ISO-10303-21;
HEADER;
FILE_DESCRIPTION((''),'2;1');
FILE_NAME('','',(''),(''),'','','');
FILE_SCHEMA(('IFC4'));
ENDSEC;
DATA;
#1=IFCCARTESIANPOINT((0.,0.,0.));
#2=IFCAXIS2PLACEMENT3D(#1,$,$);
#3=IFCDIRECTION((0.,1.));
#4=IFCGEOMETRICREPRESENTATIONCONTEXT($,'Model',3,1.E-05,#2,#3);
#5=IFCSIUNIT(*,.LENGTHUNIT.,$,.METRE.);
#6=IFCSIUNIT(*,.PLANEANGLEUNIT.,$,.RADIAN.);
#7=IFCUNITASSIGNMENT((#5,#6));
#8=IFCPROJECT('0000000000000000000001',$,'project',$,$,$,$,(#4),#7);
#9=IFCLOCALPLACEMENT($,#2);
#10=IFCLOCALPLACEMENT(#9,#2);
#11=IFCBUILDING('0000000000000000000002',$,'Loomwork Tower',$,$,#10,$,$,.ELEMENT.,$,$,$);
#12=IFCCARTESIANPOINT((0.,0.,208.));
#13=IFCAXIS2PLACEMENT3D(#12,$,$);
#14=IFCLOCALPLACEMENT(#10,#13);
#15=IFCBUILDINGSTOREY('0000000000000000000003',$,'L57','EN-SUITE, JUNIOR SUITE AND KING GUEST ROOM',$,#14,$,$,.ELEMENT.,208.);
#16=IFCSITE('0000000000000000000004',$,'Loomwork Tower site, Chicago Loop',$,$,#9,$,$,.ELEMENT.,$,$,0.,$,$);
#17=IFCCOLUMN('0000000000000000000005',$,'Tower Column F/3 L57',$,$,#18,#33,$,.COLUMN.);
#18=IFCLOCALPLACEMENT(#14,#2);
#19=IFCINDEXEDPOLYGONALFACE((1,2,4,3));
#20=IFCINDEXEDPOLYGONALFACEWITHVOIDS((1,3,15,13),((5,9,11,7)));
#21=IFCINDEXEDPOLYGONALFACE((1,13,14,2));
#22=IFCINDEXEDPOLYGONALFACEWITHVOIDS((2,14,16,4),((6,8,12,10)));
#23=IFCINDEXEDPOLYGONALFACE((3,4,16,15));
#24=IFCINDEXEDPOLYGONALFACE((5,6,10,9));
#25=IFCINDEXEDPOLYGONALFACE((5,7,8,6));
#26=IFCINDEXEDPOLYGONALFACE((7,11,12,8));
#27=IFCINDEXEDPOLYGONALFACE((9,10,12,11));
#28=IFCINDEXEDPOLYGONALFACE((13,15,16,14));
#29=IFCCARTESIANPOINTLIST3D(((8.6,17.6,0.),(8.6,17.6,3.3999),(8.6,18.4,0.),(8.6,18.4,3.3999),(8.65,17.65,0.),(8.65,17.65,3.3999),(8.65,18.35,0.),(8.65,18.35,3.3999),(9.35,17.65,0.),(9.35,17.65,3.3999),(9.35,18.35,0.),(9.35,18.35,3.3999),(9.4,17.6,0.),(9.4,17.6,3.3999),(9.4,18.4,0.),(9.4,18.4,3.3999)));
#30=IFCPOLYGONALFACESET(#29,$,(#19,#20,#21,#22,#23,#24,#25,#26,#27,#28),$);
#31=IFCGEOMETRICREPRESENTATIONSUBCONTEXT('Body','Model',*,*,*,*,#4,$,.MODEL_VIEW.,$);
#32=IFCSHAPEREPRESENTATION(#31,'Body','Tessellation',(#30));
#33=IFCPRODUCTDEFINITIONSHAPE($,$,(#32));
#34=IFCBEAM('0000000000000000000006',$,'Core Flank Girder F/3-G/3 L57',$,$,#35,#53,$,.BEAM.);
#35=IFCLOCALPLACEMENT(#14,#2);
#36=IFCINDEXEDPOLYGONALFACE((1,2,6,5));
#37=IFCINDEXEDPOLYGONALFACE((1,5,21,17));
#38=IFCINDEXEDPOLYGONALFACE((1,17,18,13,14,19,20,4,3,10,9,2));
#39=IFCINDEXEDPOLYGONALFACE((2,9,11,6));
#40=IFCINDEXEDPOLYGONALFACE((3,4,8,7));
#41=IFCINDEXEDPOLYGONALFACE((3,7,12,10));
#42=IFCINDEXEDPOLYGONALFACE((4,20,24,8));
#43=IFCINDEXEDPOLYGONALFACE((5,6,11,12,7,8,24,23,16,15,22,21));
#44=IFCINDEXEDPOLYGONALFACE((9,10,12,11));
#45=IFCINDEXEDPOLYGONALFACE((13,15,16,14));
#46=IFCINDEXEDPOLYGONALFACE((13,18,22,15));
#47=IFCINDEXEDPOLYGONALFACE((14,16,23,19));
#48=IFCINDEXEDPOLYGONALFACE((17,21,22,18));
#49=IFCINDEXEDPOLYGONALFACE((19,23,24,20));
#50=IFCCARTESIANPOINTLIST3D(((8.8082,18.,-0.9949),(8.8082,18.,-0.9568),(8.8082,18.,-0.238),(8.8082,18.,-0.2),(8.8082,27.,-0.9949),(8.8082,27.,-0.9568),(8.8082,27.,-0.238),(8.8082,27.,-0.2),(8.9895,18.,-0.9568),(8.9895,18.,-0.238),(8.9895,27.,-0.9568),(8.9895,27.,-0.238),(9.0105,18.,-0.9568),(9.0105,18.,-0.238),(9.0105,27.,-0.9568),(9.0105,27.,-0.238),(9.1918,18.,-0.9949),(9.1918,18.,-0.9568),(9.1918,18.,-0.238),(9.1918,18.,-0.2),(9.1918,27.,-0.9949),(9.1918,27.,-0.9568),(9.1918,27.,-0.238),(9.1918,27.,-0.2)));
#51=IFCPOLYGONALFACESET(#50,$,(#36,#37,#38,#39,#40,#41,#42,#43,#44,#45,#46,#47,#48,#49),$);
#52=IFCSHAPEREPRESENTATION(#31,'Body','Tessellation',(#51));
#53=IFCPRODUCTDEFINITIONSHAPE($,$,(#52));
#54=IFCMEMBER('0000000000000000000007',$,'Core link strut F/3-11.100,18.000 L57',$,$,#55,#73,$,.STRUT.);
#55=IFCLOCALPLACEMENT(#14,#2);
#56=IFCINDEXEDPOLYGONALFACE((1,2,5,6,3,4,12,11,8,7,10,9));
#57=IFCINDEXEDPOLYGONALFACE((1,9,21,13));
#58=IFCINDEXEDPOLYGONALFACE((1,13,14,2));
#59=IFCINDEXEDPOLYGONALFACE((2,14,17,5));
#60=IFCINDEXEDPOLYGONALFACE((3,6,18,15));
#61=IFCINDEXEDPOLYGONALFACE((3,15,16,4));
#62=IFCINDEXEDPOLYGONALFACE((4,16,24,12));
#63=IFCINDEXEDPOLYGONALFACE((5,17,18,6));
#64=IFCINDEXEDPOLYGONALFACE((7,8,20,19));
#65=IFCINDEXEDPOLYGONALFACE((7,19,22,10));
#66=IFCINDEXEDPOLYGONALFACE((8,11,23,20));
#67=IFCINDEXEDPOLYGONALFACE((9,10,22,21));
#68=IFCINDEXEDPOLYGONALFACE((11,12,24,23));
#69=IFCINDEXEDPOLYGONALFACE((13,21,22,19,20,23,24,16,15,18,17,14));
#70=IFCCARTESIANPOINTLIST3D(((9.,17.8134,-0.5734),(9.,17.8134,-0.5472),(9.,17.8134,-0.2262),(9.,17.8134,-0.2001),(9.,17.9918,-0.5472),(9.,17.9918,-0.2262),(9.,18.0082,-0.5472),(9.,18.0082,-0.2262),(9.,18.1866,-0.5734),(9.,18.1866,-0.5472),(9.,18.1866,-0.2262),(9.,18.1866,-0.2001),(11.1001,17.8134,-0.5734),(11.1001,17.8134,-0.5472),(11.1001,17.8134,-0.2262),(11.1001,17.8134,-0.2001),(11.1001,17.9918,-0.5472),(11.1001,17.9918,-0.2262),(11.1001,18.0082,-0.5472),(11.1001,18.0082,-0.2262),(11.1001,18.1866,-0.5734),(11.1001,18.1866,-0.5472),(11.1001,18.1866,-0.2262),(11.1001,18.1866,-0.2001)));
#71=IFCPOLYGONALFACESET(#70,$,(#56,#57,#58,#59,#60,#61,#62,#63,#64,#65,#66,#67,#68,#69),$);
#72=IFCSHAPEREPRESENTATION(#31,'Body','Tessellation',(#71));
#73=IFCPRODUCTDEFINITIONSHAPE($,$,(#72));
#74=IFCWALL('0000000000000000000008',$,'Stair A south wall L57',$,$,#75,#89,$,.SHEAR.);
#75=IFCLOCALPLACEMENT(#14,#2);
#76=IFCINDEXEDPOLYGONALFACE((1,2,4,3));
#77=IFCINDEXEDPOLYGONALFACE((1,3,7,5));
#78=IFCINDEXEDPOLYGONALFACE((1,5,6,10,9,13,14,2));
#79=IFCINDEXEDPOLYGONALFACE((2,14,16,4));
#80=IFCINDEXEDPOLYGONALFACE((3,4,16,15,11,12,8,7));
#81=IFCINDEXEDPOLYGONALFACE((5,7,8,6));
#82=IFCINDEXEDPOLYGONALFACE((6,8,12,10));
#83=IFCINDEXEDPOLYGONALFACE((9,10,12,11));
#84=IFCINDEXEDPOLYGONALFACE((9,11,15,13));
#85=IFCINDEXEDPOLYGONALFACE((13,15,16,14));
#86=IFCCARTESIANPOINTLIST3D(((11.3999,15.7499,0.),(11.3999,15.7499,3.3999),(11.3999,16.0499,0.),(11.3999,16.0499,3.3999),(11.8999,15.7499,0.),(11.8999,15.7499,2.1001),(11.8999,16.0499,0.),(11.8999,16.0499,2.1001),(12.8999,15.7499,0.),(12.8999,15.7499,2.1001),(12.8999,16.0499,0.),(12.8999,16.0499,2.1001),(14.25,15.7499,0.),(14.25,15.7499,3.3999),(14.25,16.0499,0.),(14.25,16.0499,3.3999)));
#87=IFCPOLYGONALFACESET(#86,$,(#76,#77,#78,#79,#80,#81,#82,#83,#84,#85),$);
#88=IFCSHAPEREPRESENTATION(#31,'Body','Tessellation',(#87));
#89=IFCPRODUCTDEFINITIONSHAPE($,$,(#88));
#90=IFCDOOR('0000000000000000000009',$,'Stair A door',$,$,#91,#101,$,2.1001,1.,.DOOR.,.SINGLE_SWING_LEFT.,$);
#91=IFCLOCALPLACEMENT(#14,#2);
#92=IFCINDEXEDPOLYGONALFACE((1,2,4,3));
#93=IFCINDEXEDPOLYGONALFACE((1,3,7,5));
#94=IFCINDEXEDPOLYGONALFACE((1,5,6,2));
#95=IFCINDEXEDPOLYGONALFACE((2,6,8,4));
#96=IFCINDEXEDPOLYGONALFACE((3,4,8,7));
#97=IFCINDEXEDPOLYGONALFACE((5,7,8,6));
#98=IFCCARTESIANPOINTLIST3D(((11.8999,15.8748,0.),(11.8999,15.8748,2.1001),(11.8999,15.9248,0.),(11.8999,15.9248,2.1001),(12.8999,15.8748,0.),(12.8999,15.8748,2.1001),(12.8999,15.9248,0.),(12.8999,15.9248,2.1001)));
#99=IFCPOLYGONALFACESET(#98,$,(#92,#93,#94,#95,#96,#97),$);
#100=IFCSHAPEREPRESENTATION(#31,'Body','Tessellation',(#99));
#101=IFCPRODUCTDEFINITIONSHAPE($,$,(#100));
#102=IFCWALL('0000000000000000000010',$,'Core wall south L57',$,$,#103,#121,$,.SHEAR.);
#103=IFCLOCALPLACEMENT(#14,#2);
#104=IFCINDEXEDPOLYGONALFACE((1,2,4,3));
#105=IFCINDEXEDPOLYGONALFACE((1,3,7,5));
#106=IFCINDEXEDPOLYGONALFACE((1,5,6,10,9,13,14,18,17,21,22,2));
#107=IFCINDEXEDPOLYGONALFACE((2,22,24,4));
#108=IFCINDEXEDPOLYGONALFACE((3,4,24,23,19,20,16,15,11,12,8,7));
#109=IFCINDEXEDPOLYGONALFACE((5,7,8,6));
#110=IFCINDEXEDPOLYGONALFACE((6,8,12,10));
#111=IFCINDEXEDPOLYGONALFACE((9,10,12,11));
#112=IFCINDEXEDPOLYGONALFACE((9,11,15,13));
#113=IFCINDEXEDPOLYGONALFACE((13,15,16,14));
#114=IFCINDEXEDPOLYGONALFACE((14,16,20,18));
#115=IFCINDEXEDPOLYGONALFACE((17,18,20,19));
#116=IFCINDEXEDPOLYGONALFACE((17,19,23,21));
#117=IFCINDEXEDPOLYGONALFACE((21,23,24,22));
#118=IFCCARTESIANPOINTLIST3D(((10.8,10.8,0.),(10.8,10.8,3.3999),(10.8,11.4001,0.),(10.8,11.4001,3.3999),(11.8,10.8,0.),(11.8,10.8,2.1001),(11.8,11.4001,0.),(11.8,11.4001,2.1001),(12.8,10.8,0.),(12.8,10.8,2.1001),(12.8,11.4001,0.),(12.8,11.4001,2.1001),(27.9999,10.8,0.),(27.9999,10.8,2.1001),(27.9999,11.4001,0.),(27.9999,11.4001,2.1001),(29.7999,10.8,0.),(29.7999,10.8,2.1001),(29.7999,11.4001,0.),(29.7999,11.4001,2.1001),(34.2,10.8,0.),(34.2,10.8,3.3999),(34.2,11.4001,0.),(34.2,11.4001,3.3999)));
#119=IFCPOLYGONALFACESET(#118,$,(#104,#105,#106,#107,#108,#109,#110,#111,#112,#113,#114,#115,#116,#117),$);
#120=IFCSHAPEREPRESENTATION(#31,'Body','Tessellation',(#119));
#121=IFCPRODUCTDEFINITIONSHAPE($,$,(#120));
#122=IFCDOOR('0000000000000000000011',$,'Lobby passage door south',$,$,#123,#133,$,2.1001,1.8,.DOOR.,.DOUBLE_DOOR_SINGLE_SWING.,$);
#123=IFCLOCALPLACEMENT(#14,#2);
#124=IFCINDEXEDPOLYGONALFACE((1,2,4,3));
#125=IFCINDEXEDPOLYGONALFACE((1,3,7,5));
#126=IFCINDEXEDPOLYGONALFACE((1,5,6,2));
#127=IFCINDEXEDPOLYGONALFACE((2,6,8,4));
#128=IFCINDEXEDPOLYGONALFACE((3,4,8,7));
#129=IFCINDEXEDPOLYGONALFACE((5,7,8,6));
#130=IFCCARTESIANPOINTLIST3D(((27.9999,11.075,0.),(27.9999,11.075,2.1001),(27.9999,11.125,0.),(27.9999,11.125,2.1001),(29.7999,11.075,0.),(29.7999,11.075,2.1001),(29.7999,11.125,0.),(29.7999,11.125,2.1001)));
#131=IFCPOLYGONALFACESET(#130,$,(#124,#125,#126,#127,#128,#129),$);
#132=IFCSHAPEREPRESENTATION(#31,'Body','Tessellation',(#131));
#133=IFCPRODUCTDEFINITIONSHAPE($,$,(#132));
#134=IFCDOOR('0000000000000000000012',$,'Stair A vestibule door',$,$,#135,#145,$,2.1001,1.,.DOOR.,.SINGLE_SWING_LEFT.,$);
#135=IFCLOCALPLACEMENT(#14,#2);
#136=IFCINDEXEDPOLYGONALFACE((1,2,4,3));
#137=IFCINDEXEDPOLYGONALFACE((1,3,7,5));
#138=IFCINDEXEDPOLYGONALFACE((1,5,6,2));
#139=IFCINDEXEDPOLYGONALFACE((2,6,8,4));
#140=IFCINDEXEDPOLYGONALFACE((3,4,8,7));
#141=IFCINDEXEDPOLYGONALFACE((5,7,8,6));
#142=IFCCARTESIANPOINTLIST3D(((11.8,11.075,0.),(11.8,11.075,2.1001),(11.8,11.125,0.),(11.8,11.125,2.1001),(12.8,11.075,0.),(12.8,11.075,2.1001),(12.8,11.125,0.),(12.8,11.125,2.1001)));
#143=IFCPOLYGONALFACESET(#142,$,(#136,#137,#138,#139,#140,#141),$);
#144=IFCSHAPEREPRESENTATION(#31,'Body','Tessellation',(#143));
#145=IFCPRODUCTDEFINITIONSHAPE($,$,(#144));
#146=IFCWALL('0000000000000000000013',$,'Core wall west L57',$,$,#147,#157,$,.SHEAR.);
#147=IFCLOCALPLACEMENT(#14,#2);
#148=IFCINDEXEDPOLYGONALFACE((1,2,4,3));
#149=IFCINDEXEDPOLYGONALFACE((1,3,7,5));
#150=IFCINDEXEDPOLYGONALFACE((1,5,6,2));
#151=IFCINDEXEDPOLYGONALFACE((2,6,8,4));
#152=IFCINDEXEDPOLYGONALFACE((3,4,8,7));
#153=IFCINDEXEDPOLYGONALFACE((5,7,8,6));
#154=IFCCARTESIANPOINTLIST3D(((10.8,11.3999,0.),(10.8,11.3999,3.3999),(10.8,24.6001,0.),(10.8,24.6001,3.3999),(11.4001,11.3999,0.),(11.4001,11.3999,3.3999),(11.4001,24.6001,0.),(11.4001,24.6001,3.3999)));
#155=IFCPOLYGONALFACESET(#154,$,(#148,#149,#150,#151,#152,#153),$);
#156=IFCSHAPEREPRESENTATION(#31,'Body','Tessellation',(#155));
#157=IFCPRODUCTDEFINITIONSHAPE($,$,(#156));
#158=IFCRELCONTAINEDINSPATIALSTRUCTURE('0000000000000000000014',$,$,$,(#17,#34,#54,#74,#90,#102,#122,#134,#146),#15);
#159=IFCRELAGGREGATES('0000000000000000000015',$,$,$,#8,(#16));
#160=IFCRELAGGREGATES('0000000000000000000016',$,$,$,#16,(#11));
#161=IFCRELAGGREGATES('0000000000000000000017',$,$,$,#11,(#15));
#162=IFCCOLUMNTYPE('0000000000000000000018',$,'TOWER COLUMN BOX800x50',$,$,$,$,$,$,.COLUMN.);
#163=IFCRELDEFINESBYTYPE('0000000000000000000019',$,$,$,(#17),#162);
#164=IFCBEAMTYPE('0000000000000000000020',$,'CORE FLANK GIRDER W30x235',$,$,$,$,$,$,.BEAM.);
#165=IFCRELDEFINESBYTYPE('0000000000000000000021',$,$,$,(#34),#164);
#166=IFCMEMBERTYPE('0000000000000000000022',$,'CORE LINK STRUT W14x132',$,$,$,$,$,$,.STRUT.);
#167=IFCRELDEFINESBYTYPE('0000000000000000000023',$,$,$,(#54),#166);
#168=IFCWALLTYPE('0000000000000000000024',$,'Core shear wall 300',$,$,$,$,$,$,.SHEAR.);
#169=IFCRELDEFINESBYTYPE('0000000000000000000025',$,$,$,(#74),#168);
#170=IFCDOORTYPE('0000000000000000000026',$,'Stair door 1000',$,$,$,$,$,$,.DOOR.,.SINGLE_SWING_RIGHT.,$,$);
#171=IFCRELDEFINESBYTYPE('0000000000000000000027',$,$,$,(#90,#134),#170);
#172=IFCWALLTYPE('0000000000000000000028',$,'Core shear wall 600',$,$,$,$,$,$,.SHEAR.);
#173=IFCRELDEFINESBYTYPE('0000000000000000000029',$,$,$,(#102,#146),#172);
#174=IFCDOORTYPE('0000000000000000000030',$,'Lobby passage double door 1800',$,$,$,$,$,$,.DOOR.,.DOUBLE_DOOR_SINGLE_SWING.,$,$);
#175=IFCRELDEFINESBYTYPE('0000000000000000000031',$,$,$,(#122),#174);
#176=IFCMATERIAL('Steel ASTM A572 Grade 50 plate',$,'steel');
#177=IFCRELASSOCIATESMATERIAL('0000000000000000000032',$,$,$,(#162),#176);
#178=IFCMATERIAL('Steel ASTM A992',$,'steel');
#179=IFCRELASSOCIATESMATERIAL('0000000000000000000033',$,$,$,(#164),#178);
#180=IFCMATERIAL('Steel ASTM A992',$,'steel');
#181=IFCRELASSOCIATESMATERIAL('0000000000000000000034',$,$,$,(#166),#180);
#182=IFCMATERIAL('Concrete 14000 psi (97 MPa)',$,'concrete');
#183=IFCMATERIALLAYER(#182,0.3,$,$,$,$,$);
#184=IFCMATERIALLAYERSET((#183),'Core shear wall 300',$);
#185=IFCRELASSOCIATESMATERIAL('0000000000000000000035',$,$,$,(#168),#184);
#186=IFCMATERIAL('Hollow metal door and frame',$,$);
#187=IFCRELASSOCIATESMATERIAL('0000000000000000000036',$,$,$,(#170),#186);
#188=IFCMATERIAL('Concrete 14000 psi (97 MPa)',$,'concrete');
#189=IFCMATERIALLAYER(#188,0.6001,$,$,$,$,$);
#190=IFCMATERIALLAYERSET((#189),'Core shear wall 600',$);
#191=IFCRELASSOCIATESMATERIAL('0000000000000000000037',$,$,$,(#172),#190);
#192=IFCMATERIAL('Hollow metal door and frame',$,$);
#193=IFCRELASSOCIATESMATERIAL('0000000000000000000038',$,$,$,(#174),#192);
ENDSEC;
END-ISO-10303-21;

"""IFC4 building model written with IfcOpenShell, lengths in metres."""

from ifc_helpers import new_model, si_unit, direction, frame, frame_2d, origin, origin_2d, place, context, subcontext, project, spatial, rectangle, hollow_rectangle, i_section, extrude, material, layer, layer_set, material_profile, profile_set, type_object, element, fill, save


model = new_model("IFC4")

# Units and contexts
model_context = context("Model", 3, precision=1e-05, world=origin(), true_north=direction((0.0, 1.0)))
body_context = subcontext(model_context, "Body", "Model", "MODEL_VIEW")
ifc_project = project(units=[si_unit("LENGTHUNIT", "METRE"), si_unit("PLANEANGLEUNIT", "RADIAN")], contexts=[model_context])

# Site, building, storey
site_placement = place(None, origin())
site = spatial("IfcSite", under=ifc_project, at=site_placement, Name="Loomwork Tower site, Chicago Loop", CompositionType="ELEMENT", RefElevation=0.0)
building_placement = place(site_placement, origin())
building = spatial("IfcBuilding", under=site, at=building_placement, Name="Loomwork Tower", CompositionType="ELEMENT")
storey_placement = place(building_placement, frame((0.0, 0.0, 208.0)))
storey = spatial("IfcBuildingStorey", under=building, at=storey_placement, Name="L57", Description="EN-SUITE, JUNIOR SUITE AND KING GUEST ROOM", CompositionType="ELEMENT", Elevation=208.0)

# Column
ifc_material_1 = material(Name="Steel ASTM A572 Grade 50 plate", Category="steel")
ifc_material_profile_1 = material_profile(ifc_material_1, hollow_rectangle(XDim=0.8, YDim=0.8, WallThickness=0.05, at=origin_2d()), Name="BOX800x50")
ifc_profile_set_1 = profile_set([ifc_material_profile_1], Name="Steel ASTM A572 Grade 50 plate")
column_type = type_object("IfcColumnType", Name="TOWER COLUMN BOX800x50", PredefinedType="COLUMN", material=ifc_profile_set_1)
column_placement = place(storey_placement, frame((9.0, 18.0, 0.0), z_axis=(0.0, 0.0, 1.0), x_axis=(1.0, 0.0, 0.0)))
element("IfcColumn", 1, at=column_placement, inside=storey, type_object=column_type, Name="Tower Column F/3 L57", PredefinedType="COLUMN", context=body_context, shape_type="SweptSolid", body=[
    extrude(hollow_rectangle(XDim=0.8, YDim=0.8, WallThickness=0.05, at=origin_2d()), origin(), (0.0, 0.0, 1.0), 3.3999),
])

# Beam
ifc_material_2 = material(Name="Steel ASTM A992", Category="steel")
ifc_material_profile_2 = material_profile(ifc_material_2, i_section(OverallWidth=0.3835, OverallDepth=0.7949, WebThickness=0.021, FlangeThickness=0.0381, at=origin_2d()), Name="W30x235")
ifc_profile_set_2 = profile_set([ifc_material_profile_2], Name="Steel ASTM A992")
beam_type = type_object("IfcBeamType", Name="CORE FLANK GIRDER W30x235", PredefinedType="BEAM", material=ifc_profile_set_2)
beam_placement = place(storey_placement, frame((9.0, 18.0, -0.5974), z_axis=(0.0, 1.0, 0.0), x_axis=(-1.0, 0.0, 0.0)))
element("IfcBeam", 2, at=beam_placement, inside=storey, type_object=beam_type, Name="Core Flank Girder F/3-G/3 L57", PredefinedType="BEAM", context=body_context, shape_type="SweptSolid", body=[
    extrude(i_section(OverallWidth=0.3835, OverallDepth=0.7949, WebThickness=0.021, FlangeThickness=0.0381, at=origin_2d()), origin(), (0.0, 0.0, 1.0), 9.0),
])

# Member
ifc_material_3 = material(Name="Steel ASTM A992", Category="steel")
ifc_material_profile_3 = material_profile(ifc_material_3, i_section(OverallWidth=0.3733, OverallDepth=0.3733, WebThickness=0.0164, FlangeThickness=0.0261, at=origin_2d()), Name="W14x132")
ifc_profile_set_3 = profile_set([ifc_material_profile_3], Name="Steel ASTM A992")
member_type = type_object("IfcMemberType", Name="CORE LINK STRUT W14x132", PredefinedType="STRUT", material=ifc_profile_set_3)
member_placement = place(storey_placement, frame((9.0, 18.0, -0.3867), z_axis=(1.0, 0.0, 0.0), x_axis=(0.0, 1.0, 0.0)))
element("IfcMember", 3, at=member_placement, inside=storey, type_object=member_type, Name="Core link strut F/3-11.100,18.000 L57", PredefinedType="STRUT", context=body_context, shape_type="SweptSolid", body=[
    extrude(i_section(OverallWidth=0.3733, OverallDepth=0.3733, WebThickness=0.0164, FlangeThickness=0.0261, at=origin_2d()), origin(), (0.0, 0.0, 1.0), 2.1001),
])

# Wall, opening, door
ifc_material_4 = material(Name="Concrete 14000 psi (97 MPa)", Category="concrete")
ifc_layer_1 = layer(ifc_material_4, 0.3)
ifc_layer_set_1 = layer_set([ifc_layer_1], Name="Core shear wall 300")
wall_type_1 = type_object("IfcWallType", Name="Core shear wall 300", PredefinedType="SHEAR", material=ifc_layer_set_1)
wall_1_placement = place(storey_placement, frame((11.3999, 15.8999, 0.0), z_axis=(0.0, 0.0, 1.0), x_axis=(1.0, 0.0, 0.0)))
wall_1 = element("IfcWall", 4, at=wall_1_placement, inside=storey, type_object=wall_type_1, Name="Stair A south wall L57", PredefinedType="SHEAR", context=body_context, shape_type="SweptSolid", body=[
    extrude(rectangle(XDim=2.8501, YDim=0.3, at=frame_2d((1.425, 0.0))), origin(), (0.0, 0.0, 1.0), 3.3999),
])
opening_1_placement = place(wall_1_placement, frame((0.5, 0.0, 0.0)))
opening_1 = element("IfcOpeningElement", 5, at=opening_1_placement, cuts=wall_1, PredefinedType="OPENING", context=body_context, shape_type="SweptSolid", body=[
    extrude(rectangle(XDim=1.0, YDim=2.1001, at=frame_2d((0.5, 1.05))), frame((0.0, 0.1599, 0.0), z_axis=(0.0, -1.0, 0.0), x_axis=(1.0, 0.0, 0.0)), (0.0, 0.0, 1.0), 0.3201),
])
ifc_material_5 = material(Name="Hollow metal door and frame")
door_type_1 = type_object("IfcDoorType", Name="Stair door 1000", OperationType="SINGLE_SWING_RIGHT", PredefinedType="DOOR", material=ifc_material_5)
door_1_placement = place(opening_1_placement, origin())
door_1 = element("IfcDoor", 6, at=door_1_placement, inside=storey, type_object=door_type_1, Name="Stair A door", OperationType="SINGLE_SWING_LEFT", OverallHeight=2.1001, OverallWidth=1.0, PredefinedType="DOOR", context=body_context, shape_type="SweptSolid", body=[
    extrude(rectangle(XDim=1.0, YDim=2.1001, at=frame_2d((0.5, 1.05))), frame((0.0, 0.0249, 0.0), z_axis=(0.0, -1.0, 0.0), x_axis=(1.0, 0.0, 0.0)), (0.0, 0.0, 1.0), 0.05),
])
fill(opening_1, door_1)

# Wall, openings, doors
ifc_material_6 = material(Name="Concrete 14000 psi (97 MPa)", Category="concrete")
ifc_layer_2 = layer(ifc_material_6, 0.6001)
ifc_layer_set_2 = layer_set([ifc_layer_2], Name="Core shear wall 600")
wall_type_2 = type_object("IfcWallType", Name="Core shear wall 600", PredefinedType="SHEAR", material=ifc_layer_set_2)
wall_2_placement = place(storey_placement, frame((10.8, 11.1001, 0.0), z_axis=(0.0, 0.0, 1.0), x_axis=(1.0, 0.0, 0.0)))
wall_2 = element("IfcWall", 7, at=wall_2_placement, inside=storey, type_object=wall_type_2, Name="Core wall south L57", PredefinedType="SHEAR", context=body_context, shape_type="SweptSolid", body=[
    extrude(rectangle(XDim=23.3999, YDim=0.6001, at=frame_2d((11.7, 0.0))), origin(), (0.0, 0.0, 1.0), 3.3999),
])
opening_2_placement = place(wall_2_placement, frame((1.0, 0.0, 0.0)))
opening_2 = element("IfcOpeningElement", 8, at=opening_2_placement, cuts=wall_2, PredefinedType="OPENING", context=body_context, shape_type="SweptSolid", body=[
    extrude(rectangle(XDim=1.0, YDim=2.1001, at=frame_2d((0.5, 1.05))), frame((0.0, 0.3101, 0.0), z_axis=(0.0, -1.0, 0.0), x_axis=(1.0, 0.0, 0.0)), (0.0, 0.0, 1.0), 0.6201),
])
opening_3_placement = place(wall_2_placement, frame((17.2, 0.0, 0.0)))
opening_3 = element("IfcOpeningElement", 9, at=opening_3_placement, cuts=wall_2, PredefinedType="OPENING", context=body_context, shape_type="SweptSolid", body=[
    extrude(rectangle(XDim=1.8, YDim=2.1001, at=frame_2d((0.8999, 1.05))), frame((0.0, 0.3101, 0.0), z_axis=(0.0, -1.0, 0.0), x_axis=(1.0, 0.0, 0.0)), (0.0, 0.0, 1.0), 0.6201),
])
ifc_material_7 = material(Name="Hollow metal door and frame")
door_type_2 = type_object("IfcDoorType", Name="Lobby passage double door 1800", OperationType="DOUBLE_DOOR_SINGLE_SWING", PredefinedType="DOOR", material=ifc_material_7)
door_2_placement = place(opening_3_placement, origin())
door_2 = element("IfcDoor", 10, at=door_2_placement, inside=storey, type_object=door_type_2, Name="Lobby passage door south", OperationType="DOUBLE_DOOR_SINGLE_SWING", OverallHeight=2.1001, OverallWidth=1.8, PredefinedType="DOOR", context=body_context, shape_type="SweptSolid", body=[
    extrude(rectangle(XDim=1.8, YDim=2.1001, at=frame_2d((0.8999, 1.05))), frame((0.0, 0.0249, 0.0), z_axis=(0.0, -1.0, 0.0), x_axis=(1.0, 0.0, 0.0)), (0.0, 0.0, 1.0), 0.05),
])
fill(opening_3, door_2)
door_3_placement = place(opening_2_placement, origin())
door_3 = element("IfcDoor", 11, at=door_3_placement, inside=storey, type_object=door_type_1, Name="Stair A vestibule door", OperationType="SINGLE_SWING_LEFT", OverallHeight=2.1001, OverallWidth=1.0, PredefinedType="DOOR", context=body_context, shape_type="SweptSolid", body=[
    extrude(rectangle(XDim=1.0, YDim=2.1001, at=frame_2d((0.5, 1.05))), frame((0.0, 0.0249, 0.0), z_axis=(0.0, -1.0, 0.0), x_axis=(1.0, 0.0, 0.0)), (0.0, 0.0, 1.0), 0.05),
])
fill(opening_2, door_3)

# Wall
wall_3_placement = place(storey_placement, frame((11.1001, 11.3999, 0.0), z_axis=(0.0, 0.0, 1.0), x_axis=(0.0, 1.0, 0.0)))
element("IfcWall", 12, at=wall_3_placement, inside=storey, type_object=wall_type_2, Name="Core wall west L57", PredefinedType="SHEAR", context=body_context, shape_type="SweptSolid", body=[
    extrude(rectangle(XDim=13.2002, YDim=0.6001, at=frame_2d((6.6001, 0.0))), origin(), (0.0, 0.0, 1.0), 3.3999),
])

save(model, "model.ifc")
